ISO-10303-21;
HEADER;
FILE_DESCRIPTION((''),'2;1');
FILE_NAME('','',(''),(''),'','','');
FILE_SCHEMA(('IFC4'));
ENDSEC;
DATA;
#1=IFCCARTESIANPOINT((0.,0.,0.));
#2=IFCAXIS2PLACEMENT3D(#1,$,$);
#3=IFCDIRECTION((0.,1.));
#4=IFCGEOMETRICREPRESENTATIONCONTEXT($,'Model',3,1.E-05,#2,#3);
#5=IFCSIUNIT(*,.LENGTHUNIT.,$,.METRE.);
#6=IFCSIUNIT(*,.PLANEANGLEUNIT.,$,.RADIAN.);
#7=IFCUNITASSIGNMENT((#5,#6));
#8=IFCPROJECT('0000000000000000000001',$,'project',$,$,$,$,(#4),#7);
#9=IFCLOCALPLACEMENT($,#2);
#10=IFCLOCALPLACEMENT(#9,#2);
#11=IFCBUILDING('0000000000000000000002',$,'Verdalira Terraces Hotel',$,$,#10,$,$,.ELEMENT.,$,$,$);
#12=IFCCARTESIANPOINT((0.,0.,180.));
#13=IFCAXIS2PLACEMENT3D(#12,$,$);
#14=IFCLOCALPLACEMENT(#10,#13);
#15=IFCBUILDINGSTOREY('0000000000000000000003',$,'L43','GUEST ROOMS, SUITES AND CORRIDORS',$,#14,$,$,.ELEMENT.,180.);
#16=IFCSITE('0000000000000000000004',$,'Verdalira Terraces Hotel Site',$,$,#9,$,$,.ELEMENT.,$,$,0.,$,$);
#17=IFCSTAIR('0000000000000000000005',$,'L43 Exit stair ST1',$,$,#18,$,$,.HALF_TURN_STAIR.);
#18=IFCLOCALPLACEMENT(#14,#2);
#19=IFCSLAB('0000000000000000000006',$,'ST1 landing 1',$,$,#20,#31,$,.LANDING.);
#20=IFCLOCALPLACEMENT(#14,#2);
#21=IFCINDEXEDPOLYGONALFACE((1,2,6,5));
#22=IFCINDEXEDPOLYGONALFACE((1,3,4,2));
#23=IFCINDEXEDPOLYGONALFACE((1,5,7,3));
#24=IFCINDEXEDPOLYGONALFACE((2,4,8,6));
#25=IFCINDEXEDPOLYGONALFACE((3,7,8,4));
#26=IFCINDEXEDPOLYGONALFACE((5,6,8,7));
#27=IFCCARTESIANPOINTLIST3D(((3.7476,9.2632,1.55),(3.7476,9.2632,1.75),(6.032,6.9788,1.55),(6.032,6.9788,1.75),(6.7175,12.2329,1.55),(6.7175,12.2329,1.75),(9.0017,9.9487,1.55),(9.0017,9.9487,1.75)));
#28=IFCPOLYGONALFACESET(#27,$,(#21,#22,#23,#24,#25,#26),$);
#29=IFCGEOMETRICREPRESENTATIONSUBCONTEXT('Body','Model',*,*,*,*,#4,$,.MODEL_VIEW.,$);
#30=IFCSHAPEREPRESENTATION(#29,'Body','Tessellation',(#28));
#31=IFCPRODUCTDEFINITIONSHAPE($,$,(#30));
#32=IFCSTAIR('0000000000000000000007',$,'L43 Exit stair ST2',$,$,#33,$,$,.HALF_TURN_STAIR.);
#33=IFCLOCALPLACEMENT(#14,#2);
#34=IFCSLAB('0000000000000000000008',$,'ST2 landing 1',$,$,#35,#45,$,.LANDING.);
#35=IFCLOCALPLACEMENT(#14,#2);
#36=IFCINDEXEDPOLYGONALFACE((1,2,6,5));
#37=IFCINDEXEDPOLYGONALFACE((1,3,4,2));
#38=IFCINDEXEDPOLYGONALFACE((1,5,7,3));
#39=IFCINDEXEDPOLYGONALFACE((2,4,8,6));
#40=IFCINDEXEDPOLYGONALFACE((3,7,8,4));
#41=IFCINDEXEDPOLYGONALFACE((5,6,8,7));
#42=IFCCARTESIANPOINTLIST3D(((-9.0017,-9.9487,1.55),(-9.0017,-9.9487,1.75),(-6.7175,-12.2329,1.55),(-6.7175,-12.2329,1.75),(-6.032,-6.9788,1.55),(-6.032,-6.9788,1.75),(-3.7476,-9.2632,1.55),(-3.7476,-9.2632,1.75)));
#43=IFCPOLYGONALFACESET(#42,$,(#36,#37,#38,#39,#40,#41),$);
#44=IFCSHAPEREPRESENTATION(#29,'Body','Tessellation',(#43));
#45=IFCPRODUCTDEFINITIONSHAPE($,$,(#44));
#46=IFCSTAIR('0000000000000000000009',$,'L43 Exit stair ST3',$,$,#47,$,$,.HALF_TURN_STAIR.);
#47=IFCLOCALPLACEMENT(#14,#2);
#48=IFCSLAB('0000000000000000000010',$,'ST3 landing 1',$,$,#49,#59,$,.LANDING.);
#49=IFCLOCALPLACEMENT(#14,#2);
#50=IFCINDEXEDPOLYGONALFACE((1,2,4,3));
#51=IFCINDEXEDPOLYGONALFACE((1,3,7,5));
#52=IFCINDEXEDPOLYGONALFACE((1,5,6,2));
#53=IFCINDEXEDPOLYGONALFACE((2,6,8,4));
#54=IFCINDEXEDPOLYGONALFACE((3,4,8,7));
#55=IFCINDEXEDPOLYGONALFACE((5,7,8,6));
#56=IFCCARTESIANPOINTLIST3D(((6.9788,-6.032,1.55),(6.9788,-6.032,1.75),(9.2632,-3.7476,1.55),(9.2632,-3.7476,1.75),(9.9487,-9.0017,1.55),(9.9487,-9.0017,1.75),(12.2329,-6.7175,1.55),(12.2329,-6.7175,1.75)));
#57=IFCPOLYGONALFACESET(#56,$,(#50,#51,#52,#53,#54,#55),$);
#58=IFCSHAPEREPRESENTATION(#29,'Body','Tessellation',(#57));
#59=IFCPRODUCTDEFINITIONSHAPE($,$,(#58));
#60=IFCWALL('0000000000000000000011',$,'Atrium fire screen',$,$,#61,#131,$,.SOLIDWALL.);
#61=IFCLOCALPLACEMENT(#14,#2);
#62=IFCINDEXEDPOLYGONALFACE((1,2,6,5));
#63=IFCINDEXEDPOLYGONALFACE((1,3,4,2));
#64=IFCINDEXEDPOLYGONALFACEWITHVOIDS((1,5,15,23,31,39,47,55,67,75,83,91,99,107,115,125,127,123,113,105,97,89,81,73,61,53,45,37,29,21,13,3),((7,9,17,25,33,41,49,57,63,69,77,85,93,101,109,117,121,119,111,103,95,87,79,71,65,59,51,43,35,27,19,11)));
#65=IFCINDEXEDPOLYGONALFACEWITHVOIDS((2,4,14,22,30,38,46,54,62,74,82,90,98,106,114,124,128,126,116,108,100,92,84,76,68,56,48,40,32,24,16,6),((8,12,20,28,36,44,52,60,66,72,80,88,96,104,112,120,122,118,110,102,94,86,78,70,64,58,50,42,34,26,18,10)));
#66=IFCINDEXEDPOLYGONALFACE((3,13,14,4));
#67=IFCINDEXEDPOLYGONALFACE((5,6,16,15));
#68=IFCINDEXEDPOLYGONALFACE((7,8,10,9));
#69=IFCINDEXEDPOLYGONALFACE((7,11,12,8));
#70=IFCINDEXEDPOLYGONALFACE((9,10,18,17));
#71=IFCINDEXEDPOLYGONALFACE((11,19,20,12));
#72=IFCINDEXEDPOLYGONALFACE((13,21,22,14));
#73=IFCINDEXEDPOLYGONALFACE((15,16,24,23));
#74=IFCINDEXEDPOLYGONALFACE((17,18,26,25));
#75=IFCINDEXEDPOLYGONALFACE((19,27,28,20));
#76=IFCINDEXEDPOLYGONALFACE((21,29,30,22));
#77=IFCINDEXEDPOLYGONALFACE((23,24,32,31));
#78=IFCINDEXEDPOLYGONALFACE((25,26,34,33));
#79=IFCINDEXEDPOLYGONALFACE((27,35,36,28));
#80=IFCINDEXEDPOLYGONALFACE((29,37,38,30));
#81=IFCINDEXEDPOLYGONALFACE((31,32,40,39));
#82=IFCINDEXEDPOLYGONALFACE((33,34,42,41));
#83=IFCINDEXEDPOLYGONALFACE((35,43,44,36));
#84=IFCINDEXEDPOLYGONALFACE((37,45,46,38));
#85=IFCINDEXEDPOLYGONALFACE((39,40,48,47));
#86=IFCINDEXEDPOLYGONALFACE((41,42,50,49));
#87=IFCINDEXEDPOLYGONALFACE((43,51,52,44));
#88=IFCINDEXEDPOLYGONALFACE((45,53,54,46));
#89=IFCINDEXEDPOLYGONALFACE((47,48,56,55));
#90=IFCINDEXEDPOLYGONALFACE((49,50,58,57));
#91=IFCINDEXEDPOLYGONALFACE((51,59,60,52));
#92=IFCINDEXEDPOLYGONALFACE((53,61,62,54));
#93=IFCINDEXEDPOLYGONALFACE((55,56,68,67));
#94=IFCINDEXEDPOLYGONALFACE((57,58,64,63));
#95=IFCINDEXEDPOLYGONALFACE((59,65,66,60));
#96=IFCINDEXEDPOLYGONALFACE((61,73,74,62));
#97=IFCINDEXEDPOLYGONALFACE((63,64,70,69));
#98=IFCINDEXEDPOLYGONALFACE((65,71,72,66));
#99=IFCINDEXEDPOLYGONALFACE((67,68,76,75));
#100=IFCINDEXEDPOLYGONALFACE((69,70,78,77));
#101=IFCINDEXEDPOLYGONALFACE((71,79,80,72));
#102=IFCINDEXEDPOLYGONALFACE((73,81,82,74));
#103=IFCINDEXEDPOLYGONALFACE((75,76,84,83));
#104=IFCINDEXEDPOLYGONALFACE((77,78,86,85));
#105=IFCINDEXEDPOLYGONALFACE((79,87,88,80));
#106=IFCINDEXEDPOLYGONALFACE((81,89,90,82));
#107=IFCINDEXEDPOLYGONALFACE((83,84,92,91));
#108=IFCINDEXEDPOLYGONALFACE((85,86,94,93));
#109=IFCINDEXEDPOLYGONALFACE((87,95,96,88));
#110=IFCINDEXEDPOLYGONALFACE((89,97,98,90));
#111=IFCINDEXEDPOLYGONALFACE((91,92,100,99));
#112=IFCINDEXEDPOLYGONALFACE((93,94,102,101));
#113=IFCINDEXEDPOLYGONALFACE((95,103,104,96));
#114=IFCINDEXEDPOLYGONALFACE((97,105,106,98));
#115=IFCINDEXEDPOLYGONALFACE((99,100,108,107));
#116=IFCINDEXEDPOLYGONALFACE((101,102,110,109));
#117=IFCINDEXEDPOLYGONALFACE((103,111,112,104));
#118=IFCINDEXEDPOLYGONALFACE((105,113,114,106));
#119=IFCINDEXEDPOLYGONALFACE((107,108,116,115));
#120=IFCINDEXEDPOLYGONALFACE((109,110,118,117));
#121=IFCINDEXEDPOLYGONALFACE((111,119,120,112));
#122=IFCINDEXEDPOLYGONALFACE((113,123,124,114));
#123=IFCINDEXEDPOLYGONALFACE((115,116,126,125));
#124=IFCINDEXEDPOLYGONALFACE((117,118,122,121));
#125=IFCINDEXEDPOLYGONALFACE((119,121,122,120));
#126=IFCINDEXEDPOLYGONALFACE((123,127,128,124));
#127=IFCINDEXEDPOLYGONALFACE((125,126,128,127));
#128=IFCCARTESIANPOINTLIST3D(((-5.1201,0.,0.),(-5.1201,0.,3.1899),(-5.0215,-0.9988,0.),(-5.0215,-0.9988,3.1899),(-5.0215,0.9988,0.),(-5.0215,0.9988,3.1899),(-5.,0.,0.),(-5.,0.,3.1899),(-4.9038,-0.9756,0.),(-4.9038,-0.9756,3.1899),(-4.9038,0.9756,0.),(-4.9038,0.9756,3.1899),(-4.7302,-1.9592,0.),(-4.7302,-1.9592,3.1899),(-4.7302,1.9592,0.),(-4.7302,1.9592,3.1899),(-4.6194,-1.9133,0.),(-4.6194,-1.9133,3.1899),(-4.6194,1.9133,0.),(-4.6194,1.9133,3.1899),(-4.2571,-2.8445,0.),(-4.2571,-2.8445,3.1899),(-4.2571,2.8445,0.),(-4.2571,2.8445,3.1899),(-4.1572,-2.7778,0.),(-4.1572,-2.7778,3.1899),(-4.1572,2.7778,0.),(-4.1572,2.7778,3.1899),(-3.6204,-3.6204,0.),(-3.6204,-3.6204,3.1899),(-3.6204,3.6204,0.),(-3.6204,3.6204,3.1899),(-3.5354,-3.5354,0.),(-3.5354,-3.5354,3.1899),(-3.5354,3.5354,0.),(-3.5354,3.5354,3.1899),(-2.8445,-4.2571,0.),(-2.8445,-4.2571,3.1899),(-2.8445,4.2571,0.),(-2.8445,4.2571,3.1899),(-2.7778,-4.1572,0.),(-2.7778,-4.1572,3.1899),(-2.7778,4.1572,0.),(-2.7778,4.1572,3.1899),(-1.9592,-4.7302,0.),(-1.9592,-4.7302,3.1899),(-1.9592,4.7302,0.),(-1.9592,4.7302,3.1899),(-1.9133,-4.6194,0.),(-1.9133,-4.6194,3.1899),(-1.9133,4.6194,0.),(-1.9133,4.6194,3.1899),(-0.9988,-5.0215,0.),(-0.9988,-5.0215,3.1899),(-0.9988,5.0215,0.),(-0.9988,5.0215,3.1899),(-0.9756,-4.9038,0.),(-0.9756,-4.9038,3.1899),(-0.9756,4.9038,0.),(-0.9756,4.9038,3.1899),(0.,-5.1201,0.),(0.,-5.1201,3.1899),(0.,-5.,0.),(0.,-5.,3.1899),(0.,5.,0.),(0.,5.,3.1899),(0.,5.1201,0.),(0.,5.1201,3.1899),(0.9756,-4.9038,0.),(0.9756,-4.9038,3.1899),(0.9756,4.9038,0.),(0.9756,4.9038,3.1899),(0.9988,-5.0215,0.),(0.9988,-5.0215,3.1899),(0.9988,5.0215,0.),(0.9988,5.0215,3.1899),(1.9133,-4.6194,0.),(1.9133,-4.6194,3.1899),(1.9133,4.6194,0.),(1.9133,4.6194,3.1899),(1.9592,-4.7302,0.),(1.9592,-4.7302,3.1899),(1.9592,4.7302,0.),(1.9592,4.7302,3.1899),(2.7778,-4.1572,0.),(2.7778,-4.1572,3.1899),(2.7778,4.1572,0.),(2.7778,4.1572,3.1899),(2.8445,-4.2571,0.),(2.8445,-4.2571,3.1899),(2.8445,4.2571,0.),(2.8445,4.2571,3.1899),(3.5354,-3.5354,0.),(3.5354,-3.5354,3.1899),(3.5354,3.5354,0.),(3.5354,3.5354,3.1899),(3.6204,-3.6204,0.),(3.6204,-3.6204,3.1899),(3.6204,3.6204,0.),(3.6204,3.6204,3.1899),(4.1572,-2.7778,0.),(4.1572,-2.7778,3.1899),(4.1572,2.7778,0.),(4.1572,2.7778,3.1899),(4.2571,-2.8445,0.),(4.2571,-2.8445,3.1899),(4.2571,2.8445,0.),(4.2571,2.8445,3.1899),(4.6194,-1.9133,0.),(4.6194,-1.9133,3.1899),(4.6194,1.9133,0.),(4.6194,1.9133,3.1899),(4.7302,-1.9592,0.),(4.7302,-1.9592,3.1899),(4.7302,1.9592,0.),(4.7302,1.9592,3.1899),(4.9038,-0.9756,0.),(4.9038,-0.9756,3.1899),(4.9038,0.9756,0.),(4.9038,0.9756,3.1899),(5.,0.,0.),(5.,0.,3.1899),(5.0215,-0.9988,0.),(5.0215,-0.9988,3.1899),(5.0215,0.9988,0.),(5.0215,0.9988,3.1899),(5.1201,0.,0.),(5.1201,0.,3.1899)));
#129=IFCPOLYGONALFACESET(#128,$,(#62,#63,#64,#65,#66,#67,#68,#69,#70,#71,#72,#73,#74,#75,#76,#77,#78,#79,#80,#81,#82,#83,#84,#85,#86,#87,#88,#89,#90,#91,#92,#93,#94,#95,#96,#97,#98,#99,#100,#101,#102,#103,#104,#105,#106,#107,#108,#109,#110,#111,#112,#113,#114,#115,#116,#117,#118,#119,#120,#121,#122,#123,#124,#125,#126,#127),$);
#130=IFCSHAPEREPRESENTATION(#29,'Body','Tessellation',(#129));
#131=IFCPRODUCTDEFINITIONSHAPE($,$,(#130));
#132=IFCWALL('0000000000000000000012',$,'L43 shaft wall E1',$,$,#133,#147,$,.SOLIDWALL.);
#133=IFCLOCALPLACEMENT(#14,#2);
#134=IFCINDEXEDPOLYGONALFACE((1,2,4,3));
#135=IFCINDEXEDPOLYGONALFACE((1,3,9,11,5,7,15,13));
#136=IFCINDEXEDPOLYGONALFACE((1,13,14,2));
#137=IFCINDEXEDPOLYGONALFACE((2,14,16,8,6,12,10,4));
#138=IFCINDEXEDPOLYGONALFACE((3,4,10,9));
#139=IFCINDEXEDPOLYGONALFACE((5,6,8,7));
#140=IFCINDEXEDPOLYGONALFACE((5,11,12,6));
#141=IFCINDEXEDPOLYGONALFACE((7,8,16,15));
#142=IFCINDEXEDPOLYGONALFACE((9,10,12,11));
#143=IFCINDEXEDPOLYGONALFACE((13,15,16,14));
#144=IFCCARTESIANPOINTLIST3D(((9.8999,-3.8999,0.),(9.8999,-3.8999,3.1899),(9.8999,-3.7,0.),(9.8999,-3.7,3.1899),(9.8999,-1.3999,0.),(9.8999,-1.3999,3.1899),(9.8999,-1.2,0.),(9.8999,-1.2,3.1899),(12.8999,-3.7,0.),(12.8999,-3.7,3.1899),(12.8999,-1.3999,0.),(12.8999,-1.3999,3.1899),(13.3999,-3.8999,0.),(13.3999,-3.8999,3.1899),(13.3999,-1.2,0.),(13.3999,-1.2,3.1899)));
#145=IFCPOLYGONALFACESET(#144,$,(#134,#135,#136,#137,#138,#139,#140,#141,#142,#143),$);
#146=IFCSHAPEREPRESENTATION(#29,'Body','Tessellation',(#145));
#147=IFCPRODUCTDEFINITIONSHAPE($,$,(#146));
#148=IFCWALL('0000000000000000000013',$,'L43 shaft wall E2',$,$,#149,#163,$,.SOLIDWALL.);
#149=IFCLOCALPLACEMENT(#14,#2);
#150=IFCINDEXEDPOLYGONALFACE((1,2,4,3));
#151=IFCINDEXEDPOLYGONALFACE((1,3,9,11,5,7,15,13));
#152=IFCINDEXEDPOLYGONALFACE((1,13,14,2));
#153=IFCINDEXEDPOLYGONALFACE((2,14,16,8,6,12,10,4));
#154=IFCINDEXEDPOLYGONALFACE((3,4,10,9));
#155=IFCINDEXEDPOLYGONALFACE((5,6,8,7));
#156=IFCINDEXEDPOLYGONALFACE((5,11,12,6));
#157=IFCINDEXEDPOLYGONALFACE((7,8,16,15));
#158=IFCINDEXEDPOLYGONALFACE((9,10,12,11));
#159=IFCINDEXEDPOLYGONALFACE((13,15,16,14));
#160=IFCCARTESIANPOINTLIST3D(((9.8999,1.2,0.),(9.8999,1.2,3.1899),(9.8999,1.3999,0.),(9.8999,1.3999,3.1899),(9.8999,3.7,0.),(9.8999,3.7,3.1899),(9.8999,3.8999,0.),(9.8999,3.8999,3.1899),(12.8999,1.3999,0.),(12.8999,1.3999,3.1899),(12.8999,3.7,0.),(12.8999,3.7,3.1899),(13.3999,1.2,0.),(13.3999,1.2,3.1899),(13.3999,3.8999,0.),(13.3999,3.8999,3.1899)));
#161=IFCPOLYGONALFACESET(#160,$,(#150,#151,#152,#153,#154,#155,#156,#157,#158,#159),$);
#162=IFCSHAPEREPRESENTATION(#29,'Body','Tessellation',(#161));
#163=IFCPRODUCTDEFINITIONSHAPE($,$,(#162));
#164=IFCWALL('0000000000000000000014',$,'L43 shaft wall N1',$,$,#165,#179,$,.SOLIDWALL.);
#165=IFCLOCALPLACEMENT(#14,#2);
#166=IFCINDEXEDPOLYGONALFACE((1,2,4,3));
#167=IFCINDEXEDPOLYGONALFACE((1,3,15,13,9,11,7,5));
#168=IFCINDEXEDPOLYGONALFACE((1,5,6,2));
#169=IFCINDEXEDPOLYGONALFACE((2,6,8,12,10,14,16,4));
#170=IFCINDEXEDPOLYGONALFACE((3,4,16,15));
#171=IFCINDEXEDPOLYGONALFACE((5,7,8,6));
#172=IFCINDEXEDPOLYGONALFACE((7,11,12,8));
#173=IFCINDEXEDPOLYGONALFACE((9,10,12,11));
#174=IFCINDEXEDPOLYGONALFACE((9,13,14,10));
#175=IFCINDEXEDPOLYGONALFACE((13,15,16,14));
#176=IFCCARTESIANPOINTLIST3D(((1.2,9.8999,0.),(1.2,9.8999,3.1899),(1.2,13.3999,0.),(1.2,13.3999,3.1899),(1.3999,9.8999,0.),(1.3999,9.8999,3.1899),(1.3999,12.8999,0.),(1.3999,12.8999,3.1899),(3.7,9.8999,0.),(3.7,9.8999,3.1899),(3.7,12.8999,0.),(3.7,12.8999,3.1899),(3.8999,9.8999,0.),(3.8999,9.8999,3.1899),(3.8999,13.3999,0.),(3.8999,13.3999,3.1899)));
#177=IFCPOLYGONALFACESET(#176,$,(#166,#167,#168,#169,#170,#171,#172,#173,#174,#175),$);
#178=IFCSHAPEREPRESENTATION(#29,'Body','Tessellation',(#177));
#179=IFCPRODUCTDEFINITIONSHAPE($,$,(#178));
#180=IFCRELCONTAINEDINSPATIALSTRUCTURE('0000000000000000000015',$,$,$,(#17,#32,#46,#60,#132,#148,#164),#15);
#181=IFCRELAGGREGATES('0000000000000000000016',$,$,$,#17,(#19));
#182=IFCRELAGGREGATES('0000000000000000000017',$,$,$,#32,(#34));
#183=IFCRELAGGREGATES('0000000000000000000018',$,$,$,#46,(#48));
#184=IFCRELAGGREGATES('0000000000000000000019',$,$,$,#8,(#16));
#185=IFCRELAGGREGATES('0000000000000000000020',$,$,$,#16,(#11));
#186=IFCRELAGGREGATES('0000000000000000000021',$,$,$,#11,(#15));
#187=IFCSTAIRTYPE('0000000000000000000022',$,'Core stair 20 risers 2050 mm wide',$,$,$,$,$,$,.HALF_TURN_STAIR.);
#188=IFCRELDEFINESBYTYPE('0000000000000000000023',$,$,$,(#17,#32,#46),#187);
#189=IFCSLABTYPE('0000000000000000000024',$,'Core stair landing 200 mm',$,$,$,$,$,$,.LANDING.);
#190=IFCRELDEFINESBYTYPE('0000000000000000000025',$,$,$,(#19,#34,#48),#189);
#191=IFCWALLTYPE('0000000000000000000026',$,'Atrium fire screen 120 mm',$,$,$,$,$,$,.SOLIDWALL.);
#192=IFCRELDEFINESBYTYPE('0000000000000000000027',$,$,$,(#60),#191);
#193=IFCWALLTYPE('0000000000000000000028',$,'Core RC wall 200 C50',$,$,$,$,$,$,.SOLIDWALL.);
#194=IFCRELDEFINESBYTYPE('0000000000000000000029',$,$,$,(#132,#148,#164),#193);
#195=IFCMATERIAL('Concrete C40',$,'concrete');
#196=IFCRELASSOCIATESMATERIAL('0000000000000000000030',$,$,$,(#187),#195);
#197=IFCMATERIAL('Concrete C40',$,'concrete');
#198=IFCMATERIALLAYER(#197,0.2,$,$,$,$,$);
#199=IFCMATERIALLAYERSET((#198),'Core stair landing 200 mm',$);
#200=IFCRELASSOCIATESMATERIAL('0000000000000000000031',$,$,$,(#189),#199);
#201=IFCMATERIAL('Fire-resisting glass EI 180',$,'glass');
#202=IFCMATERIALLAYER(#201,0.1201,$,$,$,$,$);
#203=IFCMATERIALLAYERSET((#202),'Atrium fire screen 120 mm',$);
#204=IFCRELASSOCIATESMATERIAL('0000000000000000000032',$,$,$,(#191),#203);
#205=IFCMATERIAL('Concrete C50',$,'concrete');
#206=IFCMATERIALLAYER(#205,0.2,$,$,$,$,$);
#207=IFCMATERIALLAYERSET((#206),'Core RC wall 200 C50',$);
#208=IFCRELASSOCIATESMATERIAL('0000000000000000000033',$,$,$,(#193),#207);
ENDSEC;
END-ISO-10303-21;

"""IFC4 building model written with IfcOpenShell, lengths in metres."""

from ifc_helpers import new_model, si_unit, direction, frame, origin, place, context, subcontext, project, spatial, polyline, outline, extrude, material, layer, layer_set, type_object, element, aggregate, save


model = new_model("IFC4")

# Units and contexts
model_context = context("Model", 3, precision=1e-05, world=origin(), true_north=direction((0.0, 1.0)))
body_context = subcontext(model_context, "Body", "Model", "MODEL_VIEW")
ifc_project = project(units=[si_unit("LENGTHUNIT", "METRE"), si_unit("PLANEANGLEUNIT", "RADIAN")], contexts=[model_context])

# Site, building, storey
site_placement = place(None, origin())
site = spatial("IfcSite", under=ifc_project, at=site_placement, Name="Verdalira Terraces Hotel Site", CompositionType="ELEMENT", RefElevation=0.0)
building_placement = place(site_placement, origin())
building = spatial("IfcBuilding", under=site, at=building_placement, Name="Verdalira Terraces Hotel", CompositionType="ELEMENT")
storey_placement = place(building_placement, frame((0.0, 0.0, 180.0)))
storey = spatial("IfcBuildingStorey", under=building, at=storey_placement, Name="L43", Description="GUEST ROOMS, SUITES AND CORRIDORS", CompositionType="ELEMENT", Elevation=180.0)

# Stairs, slabs
ifc_material_1 = material(Name="Concrete C40", Category="concrete")
stair_type = type_object("IfcStairType", Name="Core stair 20 risers 2050 mm wide", PredefinedType="HALF_TURN_STAIR", material=ifc_material_1)
stair_1_placement = place(storey_placement, origin())
stair_1 = element("IfcStair", 1, at=stair_1_placement, inside=storey, type_object=stair_type, Name="L43 Exit stair ST1", PredefinedType="HALF_TURN_STAIR")
ifc_material_2 = material(Name="Concrete C40", Category="concrete")
ifc_layer_1 = layer(ifc_material_2, 0.2)
ifc_layer_set_1 = layer_set([ifc_layer_1], Name="Core stair landing 200 mm")
slab_type_1 = type_object("IfcSlabType", Name="Core stair landing 200 mm", PredefinedType="LANDING", material=ifc_layer_set_1)
slab_1_placement = place(storey_placement, frame((0.0, 0.0, 1.55)))
slab_1 = element("IfcSlab", 2, at=slab_1_placement, type_object=slab_type_1, Name="ST1 landing 1", PredefinedType="LANDING", context=body_context, shape_type="SweptSolid", body=[
    extrude(outline(polyline([(9.0017, 9.9487), (6.7175, 12.2329), (3.7476, 9.2632), (6.032, 6.9788), (9.0017, 9.9487)])), origin(), (0.0, 0.0, 1.0), 0.2),
])
aggregate(stair_1, [slab_1])
stair_2_placement = place(storey_placement, origin())
stair_2 = element("IfcStair", 3, at=stair_2_placement, inside=storey, type_object=stair_type, Name="L43 Exit stair ST2", PredefinedType="HALF_TURN_STAIR")
slab_2_placement = place(storey_placement, frame((0.0, 0.0, 1.55)))
slab_2 = element("IfcSlab", 4, at=slab_2_placement, type_object=slab_type_1, Name="ST2 landing 1", PredefinedType="LANDING", context=body_context, shape_type="SweptSolid", body=[
    extrude(outline(polyline([(-9.0017, -9.9487), (-6.7175, -12.2329), (-3.7476, -9.2632), (-6.032, -6.9788), (-9.0017, -9.9487)])), origin(), (0.0, 0.0, 1.0), 0.2),
])
aggregate(stair_2, [slab_2])
stair_3_placement = place(storey_placement, origin())
stair_3 = element("IfcStair", 5, at=stair_3_placement, inside=storey, type_object=stair_type, Name="L43 Exit stair ST3", PredefinedType="HALF_TURN_STAIR")
slab_3_placement = place(storey_placement, frame((0.0, 0.0, 1.55)))
slab_3 = element("IfcSlab", 6, at=slab_3_placement, type_object=slab_type_1, Name="ST3 landing 1", PredefinedType="LANDING", context=body_context, shape_type="SweptSolid", body=[
    extrude(outline(polyline([(9.9487, -9.0017), (12.2329, -6.7175), (9.2632, -3.7476), (6.9788, -6.032), (9.9487, -9.0017)])), origin(), (0.0, 0.0, 1.0), 0.2),
])
aggregate(stair_3, [slab_3])

# Walls
ifc_material_3 = material(Name="Fire-resisting glass EI 180", Category="glass")
ifc_layer_2 = layer(ifc_material_3, 0.1201)
ifc_layer_set_2 = layer_set([ifc_layer_2], Name="Atrium fire screen 120 mm")
wall_type_1 = type_object("IfcWallType", Name="Atrium fire screen 120 mm", PredefinedType="SOLIDWALL", material=ifc_layer_set_2)
wall_1_placement = place(storey_placement, origin())
element("IfcWall", 7, at=wall_1_placement, inside=storey, type_object=wall_type_1, Name="Atrium fire screen", PredefinedType="SOLIDWALL", context=body_context, shape_type="SweptSolid", body=[
    extrude(outline(polyline([(5.0215, -0.9988), (4.7302, -1.9592), (4.2571, -2.8445), (3.6204, -3.6204), (2.8445, -4.2571), (1.9592, -4.7302), (0.9988, -5.0215), (0.0, -5.1201), (-0.9988, -5.0215), (-1.9592, -4.7302), (-2.8445, -4.2571), (-3.6204, -3.6204), (-4.2571, -2.8445), (-4.7302, -1.9592), (-5.0215, -0.9988), (-5.1201, 0.0), (-5.0215, 0.9988), (-4.7302, 1.9592), (-4.2571, 2.8445), (-3.6204, 3.6204), (-2.8445, 4.2571), (-1.9592, 4.7302), (-0.9988, 5.0215), (0.0, 5.1201), (0.9988, 5.0215), (1.9592, 4.7302), (2.8445, 4.2571), (3.6204, 3.6204), (4.2571, 2.8445), (4.7302, 1.9592), (5.0215, 0.9988), (5.1201, 0.0), (5.0215, -0.9988)]), holes=[polyline([(4.9038, 0.9756), (4.6194, 1.9133), (4.1572, 2.7778), (3.5354, 3.5354), (2.7778, 4.1572), (1.9133, 4.6194), (0.9756, 4.9038), (0.0, 5.0), (-0.9756, 4.9038), (-1.9133, 4.6194), (-2.7778, 4.1572), (-3.5354, 3.5354), (-4.1572, 2.7778), (-4.6194, 1.9133), (-4.9038, 0.9756), (-5.0, 0.0), (-4.9038, -0.9756), (-4.6194, -1.9133), (-4.1572, -2.7778), (-3.5354, -3.5354), (-2.7778, -4.1572), (-1.9133, -4.6194), (-0.9756, -4.9038), (0.0, -5.0), (0.9756, -4.9038), (1.9133, -4.6194), (2.7778, -4.1572), (3.5354, -3.5354), (4.1572, -2.7778), (4.6194, -1.9133), (4.9038, -0.9756), (5.0, 0.0), (4.9038, 0.9756)])]), origin(), (0.0, 0.0, 1.0), 3.1899),
])
ifc_material_4 = material(Name="Concrete C50", Category="concrete")
ifc_layer_3 = layer(ifc_material_4, 0.2)
ifc_layer_set_3 = layer_set([ifc_layer_3], Name="Core RC wall 200 C50")
wall_type_2 = type_object("IfcWallType", Name="Core RC wall 200 C50", PredefinedType="SOLIDWALL", material=ifc_layer_set_3)
wall_2_placement = place(storey_placement, origin())
element("IfcWall", 8, at=wall_2_placement, inside=storey, type_object=wall_type_2, Name="L43 shaft wall E1", PredefinedType="SOLIDWALL", context=body_context, shape_type="SweptSolid", body=[
    extrude(outline(polyline([(13.3999, -3.8999), (9.8999, -3.8999), (9.8999, -3.7), (12.8999, -3.7), (12.8999, -1.3999), (9.8999, -1.3999), (9.8999, -1.2), (13.3999, -1.2), (13.3999, -3.8999)])), origin(), (0.0, 0.0, 1.0), 3.1899),
])
wall_3_placement = place(storey_placement, origin())
element("IfcWall", 9, at=wall_3_placement, inside=storey, type_object=wall_type_2, Name="L43 shaft wall E2", PredefinedType="SOLIDWALL", context=body_context, shape_type="SweptSolid", body=[
    extrude(outline(polyline([(13.3999, 3.8999), (13.3999, 1.2), (9.8999, 1.2), (9.8999, 1.3999), (12.8999, 1.3999), (12.8999, 3.7), (9.8999, 3.7), (9.8999, 3.8999), (13.3999, 3.8999)])), origin(), (0.0, 0.0, 1.0), 3.1899),
])
wall_4_placement = place(storey_placement, origin())
element("IfcWall", 10, at=wall_4_placement, inside=storey, type_object=wall_type_2, Name="L43 shaft wall N1", PredefinedType="SOLIDWALL", context=body_context, shape_type="SweptSolid", body=[
    extrude(outline(polyline([(3.8999, 9.8999), (3.7, 9.8999), (3.7, 12.8999), (1.3999, 12.8999), (1.3999, 9.8999), (1.2, 9.8999), (1.2, 13.3999), (3.8999, 13.3999), (3.8999, 9.8999)])), origin(), (0.0, 0.0, 1.0), 3.1899),
])

save(model, "model.ifc")
